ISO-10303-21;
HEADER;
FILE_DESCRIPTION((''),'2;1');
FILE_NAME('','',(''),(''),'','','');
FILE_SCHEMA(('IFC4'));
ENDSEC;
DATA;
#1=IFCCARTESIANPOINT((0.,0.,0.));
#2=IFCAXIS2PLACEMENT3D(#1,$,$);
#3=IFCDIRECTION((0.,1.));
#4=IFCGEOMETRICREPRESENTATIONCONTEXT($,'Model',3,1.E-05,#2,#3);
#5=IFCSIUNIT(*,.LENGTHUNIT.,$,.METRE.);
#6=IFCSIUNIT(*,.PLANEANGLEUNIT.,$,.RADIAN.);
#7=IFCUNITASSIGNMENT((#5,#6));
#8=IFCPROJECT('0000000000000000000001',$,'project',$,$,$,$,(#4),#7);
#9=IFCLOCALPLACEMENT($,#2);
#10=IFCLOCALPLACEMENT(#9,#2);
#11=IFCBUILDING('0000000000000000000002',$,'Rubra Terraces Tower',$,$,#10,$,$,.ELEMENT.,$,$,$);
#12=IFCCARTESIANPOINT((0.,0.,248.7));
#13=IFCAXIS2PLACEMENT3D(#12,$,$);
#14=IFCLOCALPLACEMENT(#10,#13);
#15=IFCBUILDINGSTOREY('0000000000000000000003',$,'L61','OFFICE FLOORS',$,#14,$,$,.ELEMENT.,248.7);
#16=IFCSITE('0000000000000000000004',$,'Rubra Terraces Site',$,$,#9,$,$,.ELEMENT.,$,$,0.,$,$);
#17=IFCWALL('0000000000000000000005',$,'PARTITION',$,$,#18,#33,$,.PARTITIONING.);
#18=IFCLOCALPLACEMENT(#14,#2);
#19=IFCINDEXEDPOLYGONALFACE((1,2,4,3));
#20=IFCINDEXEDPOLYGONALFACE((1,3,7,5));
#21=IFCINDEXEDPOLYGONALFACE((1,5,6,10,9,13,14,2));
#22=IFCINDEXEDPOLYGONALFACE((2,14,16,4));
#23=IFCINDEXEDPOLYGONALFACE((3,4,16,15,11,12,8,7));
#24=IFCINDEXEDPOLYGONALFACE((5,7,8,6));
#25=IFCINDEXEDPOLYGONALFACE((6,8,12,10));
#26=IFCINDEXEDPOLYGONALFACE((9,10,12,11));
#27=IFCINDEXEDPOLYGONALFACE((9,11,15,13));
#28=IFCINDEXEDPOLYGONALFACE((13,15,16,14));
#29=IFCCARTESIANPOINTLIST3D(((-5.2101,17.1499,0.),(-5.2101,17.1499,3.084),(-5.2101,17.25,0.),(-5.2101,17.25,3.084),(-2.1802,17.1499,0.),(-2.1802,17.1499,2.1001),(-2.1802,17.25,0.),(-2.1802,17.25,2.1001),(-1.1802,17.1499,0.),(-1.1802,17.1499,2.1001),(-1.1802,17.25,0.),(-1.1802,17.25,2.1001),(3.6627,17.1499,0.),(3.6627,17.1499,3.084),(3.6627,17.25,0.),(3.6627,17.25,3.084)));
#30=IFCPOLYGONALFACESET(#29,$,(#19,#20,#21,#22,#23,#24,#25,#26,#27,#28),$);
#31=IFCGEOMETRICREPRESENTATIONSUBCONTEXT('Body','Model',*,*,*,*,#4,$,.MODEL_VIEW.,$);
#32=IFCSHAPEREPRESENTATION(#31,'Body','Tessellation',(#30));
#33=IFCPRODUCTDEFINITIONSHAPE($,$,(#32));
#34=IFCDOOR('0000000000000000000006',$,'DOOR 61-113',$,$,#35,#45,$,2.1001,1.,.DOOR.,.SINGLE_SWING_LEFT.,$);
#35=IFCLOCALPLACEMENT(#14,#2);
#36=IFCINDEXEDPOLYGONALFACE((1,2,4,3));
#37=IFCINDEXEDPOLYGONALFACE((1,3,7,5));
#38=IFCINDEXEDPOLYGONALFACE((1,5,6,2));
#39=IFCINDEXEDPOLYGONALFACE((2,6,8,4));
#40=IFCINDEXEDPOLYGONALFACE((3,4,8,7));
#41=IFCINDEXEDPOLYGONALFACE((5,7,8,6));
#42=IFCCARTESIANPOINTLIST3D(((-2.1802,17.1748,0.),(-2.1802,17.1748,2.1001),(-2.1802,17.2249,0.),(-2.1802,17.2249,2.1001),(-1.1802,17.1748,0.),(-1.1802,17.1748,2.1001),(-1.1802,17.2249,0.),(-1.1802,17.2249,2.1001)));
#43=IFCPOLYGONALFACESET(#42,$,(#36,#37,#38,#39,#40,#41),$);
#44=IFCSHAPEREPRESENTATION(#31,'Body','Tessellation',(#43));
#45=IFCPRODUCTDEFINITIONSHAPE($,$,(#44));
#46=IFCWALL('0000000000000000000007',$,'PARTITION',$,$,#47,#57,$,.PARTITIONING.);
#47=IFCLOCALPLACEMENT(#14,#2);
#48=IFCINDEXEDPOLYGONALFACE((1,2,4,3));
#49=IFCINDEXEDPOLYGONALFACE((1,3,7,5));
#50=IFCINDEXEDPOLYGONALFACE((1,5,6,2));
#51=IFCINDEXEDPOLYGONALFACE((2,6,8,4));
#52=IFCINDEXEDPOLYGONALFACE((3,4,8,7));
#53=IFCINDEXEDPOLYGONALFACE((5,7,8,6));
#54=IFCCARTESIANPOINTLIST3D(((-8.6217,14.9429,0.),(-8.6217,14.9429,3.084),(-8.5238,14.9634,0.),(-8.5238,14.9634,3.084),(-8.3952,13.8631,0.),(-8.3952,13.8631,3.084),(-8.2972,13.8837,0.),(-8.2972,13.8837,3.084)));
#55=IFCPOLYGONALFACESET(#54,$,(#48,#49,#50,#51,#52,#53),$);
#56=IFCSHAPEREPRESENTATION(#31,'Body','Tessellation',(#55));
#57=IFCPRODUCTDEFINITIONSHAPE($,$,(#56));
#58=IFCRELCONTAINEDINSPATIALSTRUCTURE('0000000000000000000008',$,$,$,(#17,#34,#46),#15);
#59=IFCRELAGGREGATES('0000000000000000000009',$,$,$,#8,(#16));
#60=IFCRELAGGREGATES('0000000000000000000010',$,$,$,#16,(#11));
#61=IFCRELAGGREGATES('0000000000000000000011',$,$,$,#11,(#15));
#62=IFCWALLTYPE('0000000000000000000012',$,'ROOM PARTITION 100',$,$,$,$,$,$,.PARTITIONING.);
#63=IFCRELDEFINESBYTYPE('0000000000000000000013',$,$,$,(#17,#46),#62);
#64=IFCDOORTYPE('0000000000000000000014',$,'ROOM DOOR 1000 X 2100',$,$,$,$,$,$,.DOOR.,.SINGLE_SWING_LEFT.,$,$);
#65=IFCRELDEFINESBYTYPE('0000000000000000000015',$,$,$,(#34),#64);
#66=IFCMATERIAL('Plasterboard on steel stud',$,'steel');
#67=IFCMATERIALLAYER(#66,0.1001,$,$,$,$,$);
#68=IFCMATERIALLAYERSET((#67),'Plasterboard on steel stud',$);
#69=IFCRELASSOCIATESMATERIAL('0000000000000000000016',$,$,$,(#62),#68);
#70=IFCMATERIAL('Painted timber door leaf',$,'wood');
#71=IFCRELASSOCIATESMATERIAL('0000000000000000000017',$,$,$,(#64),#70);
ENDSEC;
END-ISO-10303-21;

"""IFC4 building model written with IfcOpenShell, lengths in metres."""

from ifc_helpers import new_model, si_unit, direction, frame, frame_2d, origin, place, context, subcontext, project, spatial, rectangle, extrude, material, layer, layer_set, type_object, element, fill, save


model = new_model("IFC4")

# Units and contexts
model_context = context("Model", 3, precision=1e-05, world=origin(), true_north=direction((0.0, 1.0)))
body_context = subcontext(model_context, "Body", "Model", "MODEL_VIEW")
ifc_project = project(units=[si_unit("LENGTHUNIT", "METRE"), si_unit("PLANEANGLEUNIT", "RADIAN")], contexts=[model_context])

# Site, building, storey
site_placement = place(None, origin())
site = spatial("IfcSite", under=ifc_project, at=site_placement, Name="Rubra Terraces Site", CompositionType="ELEMENT", RefElevation=0.0)
building_placement = place(site_placement, origin())
building = spatial("IfcBuilding", under=site, at=building_placement, Name="Rubra Terraces Tower", CompositionType="ELEMENT")
storey_placement = place(building_placement, frame((0.0, 0.0, 248.7)))
storey = spatial("IfcBuildingStorey", under=building, at=storey_placement, Name="L61", Description="OFFICE FLOORS", CompositionType="ELEMENT", Elevation=248.7)

# Shared definitions
ifc_material_1 = material(Name="Plasterboard on steel stud", Category="steel")
ifc_layer_1 = layer(ifc_material_1, 0.1001)
ifc_layer_set_1 = layer_set([ifc_layer_1], Name="Plasterboard on steel stud")
wall_type_1 = type_object("IfcWallType", Name="ROOM PARTITION 100", PredefinedType="PARTITIONING", material=ifc_layer_set_1)

# Wall, opening, door
wall_1_placement = place(storey_placement, frame((-5.2102, 17.2, 0.0), z_axis=(0.0, 0.0, 1.0), x_axis=(1.0, 0.0, 0.0)))
wall_1 = element("IfcWall", 1, at=wall_1_placement, inside=storey, type_object=wall_type_1, Name="PARTITION", PredefinedType="PARTITIONING", context=body_context, shape_type="SweptSolid", body=[
    extrude(rectangle(XDim=8.8728, YDim=0.1001, at=frame_2d((4.4365, 0.0))), origin(), (0.0, 0.0, 1.0), 3.084),
])
opening_1_placement = place(wall_1_placement, frame((3.03, 0.0, 0.0)))
opening_1 = element("IfcOpeningElement", 2, at=opening_1_placement, cuts=wall_1, PredefinedType="OPENING", context=body_context, shape_type="SweptSolid", body=[
    extrude(rectangle(XDim=1.0, YDim=2.1001, at=frame_2d((0.5, 1.05))), frame((0.0, 0.0601, 0.0), z_axis=(0.0, -1.0, 0.0), x_axis=(1.0, 0.0, 0.0)), (0.0, 0.0, 1.0), 0.1201),
])
ifc_material_2 = material(Name="Painted timber door leaf", Category="wood")
door_type = type_object("IfcDoorType", Name="ROOM DOOR 1000 X 2100", OperationType="SINGLE_SWING_LEFT", PredefinedType="DOOR", material=ifc_material_2)
door_placement = place(opening_1_placement, origin())
door = element("IfcDoor", 3, at=door_placement, inside=storey, type_object=door_type, Name="DOOR 61-113", OperationType="SINGLE_SWING_LEFT", OverallHeight=2.1001, OverallWidth=1.0, PredefinedType="DOOR", context=body_context, shape_type="SweptSolid", body=[
    extrude(rectangle(XDim=1.0, YDim=2.1001, at=frame_2d((0.5, 1.05))), frame((0.0, 0.0249, 0.0), z_axis=(0.0, -1.0, 0.0), x_axis=(1.0, 0.0, 0.0)), (0.0, 0.0, 1.0), 0.05),
])
fill(opening_1, door)

# Wall
wall_2_placement = place(storey_placement, frame((-8.3462, 13.8733, 0.0), z_axis=(0.0, 0.0, 1.0), x_axis=(-0.205341, 0.97869, 0.0)))
element("IfcWall", 4, at=wall_2_placement, inside=storey, type_object=wall_type_1, Name="PARTITION", PredefinedType="PARTITIONING", context=body_context, shape_type="SweptSolid", body=[
    extrude(rectangle(XDim=1.1033, YDim=0.1001, at=frame_2d((0.5518, 0.0))), origin(), (0.0, 0.0, 1.0), 3.084),
])

save(model, "model.ifc")
